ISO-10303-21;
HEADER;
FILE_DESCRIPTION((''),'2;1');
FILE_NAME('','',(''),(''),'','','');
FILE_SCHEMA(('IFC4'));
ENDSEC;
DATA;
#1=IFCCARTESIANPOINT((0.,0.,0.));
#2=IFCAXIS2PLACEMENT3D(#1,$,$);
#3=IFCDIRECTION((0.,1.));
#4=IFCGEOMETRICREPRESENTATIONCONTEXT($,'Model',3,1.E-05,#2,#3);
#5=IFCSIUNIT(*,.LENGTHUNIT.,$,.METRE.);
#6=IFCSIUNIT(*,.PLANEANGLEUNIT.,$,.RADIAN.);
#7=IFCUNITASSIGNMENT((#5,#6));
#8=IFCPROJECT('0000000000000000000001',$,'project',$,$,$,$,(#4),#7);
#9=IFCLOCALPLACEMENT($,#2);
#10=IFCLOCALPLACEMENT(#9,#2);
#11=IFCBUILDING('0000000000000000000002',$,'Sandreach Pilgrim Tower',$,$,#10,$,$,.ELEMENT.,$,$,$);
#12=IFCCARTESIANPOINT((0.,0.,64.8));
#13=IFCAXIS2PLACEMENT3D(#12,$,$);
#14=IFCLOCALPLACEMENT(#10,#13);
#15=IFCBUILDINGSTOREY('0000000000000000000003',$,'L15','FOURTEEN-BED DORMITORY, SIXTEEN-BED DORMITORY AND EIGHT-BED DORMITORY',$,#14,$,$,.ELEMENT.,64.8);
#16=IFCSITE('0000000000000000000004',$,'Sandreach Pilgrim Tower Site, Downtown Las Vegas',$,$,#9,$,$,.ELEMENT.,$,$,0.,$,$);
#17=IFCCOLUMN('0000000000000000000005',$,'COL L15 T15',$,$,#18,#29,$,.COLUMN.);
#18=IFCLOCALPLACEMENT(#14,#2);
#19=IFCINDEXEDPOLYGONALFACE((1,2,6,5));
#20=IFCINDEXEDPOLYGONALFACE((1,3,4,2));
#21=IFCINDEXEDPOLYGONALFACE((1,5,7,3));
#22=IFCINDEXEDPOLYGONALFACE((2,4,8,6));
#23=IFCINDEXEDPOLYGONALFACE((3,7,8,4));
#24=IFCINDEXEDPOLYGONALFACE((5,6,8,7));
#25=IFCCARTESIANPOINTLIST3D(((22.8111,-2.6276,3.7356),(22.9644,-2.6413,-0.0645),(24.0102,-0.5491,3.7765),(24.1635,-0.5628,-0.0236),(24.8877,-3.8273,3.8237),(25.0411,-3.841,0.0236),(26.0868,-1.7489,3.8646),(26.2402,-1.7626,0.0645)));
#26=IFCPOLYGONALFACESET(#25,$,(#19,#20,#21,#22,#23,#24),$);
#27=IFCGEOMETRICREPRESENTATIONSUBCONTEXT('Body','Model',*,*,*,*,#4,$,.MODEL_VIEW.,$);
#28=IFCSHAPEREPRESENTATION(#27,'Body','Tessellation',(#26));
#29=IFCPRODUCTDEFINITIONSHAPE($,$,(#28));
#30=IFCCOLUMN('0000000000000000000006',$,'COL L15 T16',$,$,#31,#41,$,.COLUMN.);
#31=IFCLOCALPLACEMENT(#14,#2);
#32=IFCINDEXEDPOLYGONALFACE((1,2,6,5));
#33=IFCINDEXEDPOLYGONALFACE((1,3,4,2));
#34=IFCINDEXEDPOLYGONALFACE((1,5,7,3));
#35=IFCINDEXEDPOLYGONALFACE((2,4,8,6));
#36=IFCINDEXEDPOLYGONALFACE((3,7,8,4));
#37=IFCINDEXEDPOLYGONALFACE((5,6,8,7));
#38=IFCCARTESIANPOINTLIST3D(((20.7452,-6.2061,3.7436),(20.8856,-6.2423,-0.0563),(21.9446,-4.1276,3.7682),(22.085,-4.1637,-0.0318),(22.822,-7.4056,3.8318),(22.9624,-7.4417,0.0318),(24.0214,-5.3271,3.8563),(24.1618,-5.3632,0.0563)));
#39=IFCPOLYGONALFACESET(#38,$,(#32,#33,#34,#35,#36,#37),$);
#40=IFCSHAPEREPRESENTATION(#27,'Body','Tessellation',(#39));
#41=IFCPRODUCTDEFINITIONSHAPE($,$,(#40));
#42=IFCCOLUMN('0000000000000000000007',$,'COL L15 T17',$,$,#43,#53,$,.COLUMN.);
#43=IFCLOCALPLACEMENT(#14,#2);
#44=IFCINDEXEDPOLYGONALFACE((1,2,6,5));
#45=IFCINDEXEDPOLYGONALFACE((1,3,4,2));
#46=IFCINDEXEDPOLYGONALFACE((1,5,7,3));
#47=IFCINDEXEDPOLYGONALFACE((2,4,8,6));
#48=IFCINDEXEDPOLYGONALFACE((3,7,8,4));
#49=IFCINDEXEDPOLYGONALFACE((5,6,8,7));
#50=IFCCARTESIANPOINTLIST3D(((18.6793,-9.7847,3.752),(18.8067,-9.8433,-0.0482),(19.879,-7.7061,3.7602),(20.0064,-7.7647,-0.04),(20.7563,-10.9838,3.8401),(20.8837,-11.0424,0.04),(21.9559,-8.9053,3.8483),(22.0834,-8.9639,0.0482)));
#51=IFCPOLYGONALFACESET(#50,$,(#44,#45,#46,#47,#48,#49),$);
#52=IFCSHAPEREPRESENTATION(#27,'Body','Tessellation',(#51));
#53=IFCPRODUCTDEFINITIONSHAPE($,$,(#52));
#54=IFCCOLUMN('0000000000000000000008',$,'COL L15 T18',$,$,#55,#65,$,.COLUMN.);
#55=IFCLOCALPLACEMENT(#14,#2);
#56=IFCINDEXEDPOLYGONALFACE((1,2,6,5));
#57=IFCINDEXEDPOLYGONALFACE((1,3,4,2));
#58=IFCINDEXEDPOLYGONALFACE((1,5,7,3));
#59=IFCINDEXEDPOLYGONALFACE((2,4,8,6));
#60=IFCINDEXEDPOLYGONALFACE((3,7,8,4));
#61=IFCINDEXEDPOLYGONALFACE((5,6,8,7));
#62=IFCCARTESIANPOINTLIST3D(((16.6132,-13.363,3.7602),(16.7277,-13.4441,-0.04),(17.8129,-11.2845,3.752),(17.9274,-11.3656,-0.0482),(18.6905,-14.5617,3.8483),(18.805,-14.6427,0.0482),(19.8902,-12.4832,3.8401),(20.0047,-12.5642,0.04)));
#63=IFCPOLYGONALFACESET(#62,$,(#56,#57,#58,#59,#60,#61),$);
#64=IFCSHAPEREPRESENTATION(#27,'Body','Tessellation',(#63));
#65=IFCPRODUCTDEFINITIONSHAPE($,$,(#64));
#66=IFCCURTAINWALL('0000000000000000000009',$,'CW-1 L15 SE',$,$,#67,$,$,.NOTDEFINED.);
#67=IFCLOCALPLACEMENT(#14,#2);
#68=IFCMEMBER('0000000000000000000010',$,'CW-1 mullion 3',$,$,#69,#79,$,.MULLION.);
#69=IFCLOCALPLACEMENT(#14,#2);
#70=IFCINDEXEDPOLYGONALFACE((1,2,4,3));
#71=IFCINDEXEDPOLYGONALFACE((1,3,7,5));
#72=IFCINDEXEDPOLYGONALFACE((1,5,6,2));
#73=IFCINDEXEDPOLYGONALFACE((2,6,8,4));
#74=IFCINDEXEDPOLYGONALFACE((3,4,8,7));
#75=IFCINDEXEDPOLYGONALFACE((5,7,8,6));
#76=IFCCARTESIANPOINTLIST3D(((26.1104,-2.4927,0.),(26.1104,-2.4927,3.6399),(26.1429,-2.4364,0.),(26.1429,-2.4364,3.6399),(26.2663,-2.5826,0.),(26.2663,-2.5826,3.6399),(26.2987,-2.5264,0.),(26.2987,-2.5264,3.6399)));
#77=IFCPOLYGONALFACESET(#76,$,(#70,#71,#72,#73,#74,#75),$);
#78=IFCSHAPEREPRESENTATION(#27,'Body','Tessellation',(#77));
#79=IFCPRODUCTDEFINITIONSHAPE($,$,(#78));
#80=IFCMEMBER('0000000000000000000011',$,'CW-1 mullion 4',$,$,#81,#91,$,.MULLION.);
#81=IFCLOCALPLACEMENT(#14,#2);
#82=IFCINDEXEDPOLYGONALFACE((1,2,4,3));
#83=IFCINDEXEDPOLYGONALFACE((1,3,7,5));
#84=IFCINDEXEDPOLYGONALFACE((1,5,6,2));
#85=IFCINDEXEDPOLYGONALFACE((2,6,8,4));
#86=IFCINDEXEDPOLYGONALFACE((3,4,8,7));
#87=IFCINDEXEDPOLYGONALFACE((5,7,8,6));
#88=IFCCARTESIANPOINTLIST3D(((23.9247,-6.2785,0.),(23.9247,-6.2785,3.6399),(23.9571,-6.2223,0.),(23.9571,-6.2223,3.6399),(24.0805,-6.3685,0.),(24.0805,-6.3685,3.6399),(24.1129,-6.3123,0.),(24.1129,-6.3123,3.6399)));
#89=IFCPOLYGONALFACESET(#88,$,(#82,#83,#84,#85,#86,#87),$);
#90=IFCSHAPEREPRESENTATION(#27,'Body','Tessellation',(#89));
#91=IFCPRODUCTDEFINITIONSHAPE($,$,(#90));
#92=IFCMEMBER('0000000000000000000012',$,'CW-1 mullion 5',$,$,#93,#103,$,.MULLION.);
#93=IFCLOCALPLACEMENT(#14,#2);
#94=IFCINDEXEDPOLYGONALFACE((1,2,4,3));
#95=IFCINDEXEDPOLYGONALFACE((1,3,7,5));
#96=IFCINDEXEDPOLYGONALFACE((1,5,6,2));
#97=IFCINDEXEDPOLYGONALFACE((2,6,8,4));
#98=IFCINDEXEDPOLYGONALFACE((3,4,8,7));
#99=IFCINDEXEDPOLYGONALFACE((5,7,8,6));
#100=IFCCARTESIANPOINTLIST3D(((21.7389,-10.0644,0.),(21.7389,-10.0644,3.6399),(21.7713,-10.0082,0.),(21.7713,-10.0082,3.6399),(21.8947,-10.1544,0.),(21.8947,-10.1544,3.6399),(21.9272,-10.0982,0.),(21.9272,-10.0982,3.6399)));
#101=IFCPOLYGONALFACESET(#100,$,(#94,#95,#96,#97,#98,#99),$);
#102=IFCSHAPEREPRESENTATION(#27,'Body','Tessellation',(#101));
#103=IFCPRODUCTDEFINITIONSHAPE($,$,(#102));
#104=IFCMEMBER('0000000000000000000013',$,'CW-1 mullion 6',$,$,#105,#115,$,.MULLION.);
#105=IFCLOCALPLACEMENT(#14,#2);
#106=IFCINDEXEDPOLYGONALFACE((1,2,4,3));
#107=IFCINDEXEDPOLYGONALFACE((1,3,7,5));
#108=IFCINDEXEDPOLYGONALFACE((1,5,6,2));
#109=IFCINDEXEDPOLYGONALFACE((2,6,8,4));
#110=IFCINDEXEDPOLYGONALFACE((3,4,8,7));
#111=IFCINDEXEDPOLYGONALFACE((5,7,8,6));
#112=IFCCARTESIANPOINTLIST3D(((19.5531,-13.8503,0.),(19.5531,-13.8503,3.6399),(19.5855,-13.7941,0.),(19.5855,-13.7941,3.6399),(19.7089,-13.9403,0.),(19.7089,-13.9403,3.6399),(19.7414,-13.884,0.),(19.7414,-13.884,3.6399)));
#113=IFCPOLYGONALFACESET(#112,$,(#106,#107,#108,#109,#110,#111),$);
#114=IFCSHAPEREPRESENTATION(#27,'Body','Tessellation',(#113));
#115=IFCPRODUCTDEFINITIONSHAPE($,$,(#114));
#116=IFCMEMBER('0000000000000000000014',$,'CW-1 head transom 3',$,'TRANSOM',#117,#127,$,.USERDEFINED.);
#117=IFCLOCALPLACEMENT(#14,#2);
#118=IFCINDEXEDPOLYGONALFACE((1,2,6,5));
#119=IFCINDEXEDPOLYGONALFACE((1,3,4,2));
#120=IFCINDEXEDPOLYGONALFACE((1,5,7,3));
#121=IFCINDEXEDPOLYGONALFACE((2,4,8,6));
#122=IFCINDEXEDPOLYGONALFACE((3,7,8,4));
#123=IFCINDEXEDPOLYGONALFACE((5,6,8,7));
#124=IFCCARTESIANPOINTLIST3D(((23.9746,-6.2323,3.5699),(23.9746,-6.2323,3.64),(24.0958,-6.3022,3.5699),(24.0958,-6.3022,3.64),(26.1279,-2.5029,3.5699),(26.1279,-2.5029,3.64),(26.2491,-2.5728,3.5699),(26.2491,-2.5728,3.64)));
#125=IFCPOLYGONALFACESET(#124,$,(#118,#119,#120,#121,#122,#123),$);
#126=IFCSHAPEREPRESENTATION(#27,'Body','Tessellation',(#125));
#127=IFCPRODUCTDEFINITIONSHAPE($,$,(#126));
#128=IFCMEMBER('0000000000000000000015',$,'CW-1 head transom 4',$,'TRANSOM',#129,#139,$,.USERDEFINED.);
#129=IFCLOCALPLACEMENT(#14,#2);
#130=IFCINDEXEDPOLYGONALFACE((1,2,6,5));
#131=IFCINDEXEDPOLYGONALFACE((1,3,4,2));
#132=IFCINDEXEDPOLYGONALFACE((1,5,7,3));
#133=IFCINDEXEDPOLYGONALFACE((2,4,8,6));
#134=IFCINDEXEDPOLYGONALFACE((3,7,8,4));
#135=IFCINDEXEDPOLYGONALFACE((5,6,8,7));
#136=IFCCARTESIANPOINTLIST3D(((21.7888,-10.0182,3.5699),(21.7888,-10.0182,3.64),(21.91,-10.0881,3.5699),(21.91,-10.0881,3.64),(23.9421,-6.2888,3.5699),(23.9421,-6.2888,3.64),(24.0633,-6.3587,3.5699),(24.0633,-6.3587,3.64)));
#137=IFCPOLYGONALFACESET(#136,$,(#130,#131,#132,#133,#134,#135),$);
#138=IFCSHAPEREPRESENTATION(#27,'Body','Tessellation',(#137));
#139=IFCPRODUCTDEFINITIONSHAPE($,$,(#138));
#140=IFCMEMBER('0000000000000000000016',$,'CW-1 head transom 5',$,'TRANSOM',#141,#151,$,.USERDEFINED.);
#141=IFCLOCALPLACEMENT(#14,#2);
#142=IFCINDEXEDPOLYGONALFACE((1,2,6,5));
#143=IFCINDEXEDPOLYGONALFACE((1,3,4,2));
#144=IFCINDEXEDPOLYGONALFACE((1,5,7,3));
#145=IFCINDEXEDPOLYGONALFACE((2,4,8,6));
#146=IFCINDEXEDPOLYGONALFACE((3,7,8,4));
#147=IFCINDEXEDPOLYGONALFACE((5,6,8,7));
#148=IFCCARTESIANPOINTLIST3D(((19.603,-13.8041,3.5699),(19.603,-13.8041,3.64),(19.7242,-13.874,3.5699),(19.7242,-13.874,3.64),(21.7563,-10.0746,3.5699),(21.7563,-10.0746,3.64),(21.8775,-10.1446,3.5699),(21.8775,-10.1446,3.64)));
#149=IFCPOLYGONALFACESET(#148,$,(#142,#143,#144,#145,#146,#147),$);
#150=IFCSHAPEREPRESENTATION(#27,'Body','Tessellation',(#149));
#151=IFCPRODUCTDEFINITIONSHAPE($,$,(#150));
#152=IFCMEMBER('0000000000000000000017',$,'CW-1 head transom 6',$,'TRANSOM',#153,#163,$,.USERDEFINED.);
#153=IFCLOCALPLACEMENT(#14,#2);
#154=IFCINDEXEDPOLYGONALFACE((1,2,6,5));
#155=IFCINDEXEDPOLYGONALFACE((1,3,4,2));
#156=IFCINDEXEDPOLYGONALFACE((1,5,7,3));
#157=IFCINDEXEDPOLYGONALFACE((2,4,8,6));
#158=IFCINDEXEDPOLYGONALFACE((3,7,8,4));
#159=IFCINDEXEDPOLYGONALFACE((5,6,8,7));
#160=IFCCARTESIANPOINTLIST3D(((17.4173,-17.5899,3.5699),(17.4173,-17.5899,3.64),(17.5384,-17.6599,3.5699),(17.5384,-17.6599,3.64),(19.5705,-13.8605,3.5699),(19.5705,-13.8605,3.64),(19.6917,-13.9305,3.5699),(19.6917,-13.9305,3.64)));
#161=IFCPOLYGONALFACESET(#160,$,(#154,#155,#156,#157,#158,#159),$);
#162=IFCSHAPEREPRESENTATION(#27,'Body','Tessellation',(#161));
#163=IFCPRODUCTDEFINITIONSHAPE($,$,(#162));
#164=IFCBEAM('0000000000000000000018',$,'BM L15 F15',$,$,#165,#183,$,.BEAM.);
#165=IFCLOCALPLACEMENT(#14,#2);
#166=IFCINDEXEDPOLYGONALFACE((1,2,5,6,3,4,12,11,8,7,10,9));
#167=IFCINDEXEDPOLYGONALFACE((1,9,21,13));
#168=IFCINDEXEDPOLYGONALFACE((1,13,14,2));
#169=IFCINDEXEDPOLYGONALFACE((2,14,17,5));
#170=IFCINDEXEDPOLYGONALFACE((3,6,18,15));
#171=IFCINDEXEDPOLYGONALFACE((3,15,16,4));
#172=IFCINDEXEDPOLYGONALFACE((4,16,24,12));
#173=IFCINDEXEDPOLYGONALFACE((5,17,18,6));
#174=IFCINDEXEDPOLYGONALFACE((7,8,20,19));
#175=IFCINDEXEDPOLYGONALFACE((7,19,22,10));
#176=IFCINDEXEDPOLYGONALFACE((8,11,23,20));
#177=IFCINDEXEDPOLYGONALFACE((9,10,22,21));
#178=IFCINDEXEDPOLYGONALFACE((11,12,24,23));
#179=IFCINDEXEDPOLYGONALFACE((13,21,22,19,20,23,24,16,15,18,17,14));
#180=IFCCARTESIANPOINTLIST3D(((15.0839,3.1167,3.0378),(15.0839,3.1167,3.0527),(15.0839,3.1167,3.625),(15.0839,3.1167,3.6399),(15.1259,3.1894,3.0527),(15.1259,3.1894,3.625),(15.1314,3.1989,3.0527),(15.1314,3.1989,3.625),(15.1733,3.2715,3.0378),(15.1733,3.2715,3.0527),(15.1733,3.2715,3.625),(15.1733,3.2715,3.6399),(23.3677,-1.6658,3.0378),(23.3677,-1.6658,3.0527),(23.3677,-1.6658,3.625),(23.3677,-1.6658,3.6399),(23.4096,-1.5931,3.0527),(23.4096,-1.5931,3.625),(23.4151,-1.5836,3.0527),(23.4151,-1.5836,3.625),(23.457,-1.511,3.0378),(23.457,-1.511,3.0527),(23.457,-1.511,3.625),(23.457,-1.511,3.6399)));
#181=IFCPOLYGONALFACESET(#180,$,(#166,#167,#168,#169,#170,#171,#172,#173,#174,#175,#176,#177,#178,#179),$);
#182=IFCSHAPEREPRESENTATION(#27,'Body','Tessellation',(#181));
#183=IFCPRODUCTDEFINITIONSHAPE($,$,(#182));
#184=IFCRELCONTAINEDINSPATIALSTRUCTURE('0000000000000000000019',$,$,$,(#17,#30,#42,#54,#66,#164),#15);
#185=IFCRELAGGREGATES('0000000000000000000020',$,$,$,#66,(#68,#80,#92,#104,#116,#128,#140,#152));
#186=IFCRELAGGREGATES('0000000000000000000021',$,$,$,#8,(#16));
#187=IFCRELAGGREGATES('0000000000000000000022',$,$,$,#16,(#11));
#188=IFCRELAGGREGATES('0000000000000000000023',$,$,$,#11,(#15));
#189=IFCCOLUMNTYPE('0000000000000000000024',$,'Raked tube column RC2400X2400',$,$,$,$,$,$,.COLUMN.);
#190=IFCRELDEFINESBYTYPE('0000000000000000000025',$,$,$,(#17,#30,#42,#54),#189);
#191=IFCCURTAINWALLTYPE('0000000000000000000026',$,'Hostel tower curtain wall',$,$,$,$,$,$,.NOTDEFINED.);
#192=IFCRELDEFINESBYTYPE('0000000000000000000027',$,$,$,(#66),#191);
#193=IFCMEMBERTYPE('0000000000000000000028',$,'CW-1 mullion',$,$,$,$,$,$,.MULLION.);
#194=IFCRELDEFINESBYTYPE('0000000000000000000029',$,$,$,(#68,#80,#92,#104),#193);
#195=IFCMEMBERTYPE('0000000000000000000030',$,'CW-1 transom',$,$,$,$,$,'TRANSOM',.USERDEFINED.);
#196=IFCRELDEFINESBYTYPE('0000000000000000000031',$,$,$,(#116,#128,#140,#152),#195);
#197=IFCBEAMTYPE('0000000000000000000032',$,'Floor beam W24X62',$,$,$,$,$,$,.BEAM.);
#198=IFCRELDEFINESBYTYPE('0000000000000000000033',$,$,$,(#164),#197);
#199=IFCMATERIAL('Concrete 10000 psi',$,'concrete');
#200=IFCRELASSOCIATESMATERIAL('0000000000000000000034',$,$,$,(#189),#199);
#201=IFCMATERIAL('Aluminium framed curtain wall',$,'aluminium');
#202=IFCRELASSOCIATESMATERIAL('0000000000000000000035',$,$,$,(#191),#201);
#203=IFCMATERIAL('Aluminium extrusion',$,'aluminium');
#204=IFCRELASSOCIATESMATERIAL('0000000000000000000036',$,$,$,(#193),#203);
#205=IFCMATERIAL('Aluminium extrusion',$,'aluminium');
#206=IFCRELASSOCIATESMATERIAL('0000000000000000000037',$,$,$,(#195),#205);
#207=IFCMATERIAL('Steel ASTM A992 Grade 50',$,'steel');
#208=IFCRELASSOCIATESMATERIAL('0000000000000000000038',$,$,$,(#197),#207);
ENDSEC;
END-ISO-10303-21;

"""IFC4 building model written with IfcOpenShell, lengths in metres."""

from ifc_helpers import new_model, si_unit, direction, frame, origin, origin_2d, place, context, subcontext, project, spatial, rectangle, i_section, extrude, material, material_profile, profile_set, type_object, element, aggregate, save


model = new_model("IFC4")

# Units and contexts
model_context = context("Model", 3, precision=1e-05, world=origin(), true_north=direction((0.0, 1.0)))
body_context = subcontext(model_context, "Body", "Model", "MODEL_VIEW")
ifc_project = project(units=[si_unit("LENGTHUNIT", "METRE"), si_unit("PLANEANGLEUNIT", "RADIAN")], contexts=[model_context])

# Site, building, storey
site_placement = place(None, origin())
site = spatial("IfcSite", under=ifc_project, at=site_placement, Name="Sandreach Pilgrim Tower Site, Downtown Las Vegas", CompositionType="ELEMENT", RefElevation=0.0)
building_placement = place(site_placement, origin())
building = spatial("IfcBuilding", under=site, at=building_placement, Name="Sandreach Pilgrim Tower", CompositionType="ELEMENT")
storey_placement = place(building_placement, frame((0.0, 0.0, 64.8)))
storey = spatial("IfcBuildingStorey", under=building, at=storey_placement, Name="L15", Description="FOURTEEN-BED DORMITORY, SIXTEEN-BED DORMITORY AND EIGHT-BED DORMITORY", CompositionType="ELEMENT", Elevation=64.8)

# Columns
ifc_material_1 = material(Name="Concrete 10000 psi", Category="concrete")
ifc_material_profile_1 = material_profile(ifc_material_1, rectangle(XDim=2.3999, YDim=2.3999, at=origin_2d()), Name="RC2400X2400")
ifc_profile_set_1 = profile_set([ifc_material_profile_1], Name="Concrete 10000 psi")
column_type = type_object("IfcColumnType", Name="Raked tube column RC2400X2400", PredefinedType="COLUMN", material=ifc_profile_set_1)
column_placement = place(storey_placement, frame((24.6023, -2.2019, 0.0), z_axis=(-0.040314, 0.003595, 0.999181), x_axis=(0.865292, -0.499922, 0.036711)))
element("IfcColumn", 1, at=column_placement, inside=storey, type_object=column_type, Name="COL L15 T15", PredefinedType="COLUMN", context=body_context, shape_type="SweptSolid", body=[
    extrude(rectangle(XDim=2.3999, YDim=2.3999, at=origin_2d()), origin(), (0.0, 0.0, 1.0), 3.8032),
])
for number, where, z_axis, x_axis, name in (
    (2, (22.5237, -5.8027, 0.0), (-0.036915, 0.009502, 0.999273), (0.865363, -0.499798, 0.03672), "COL L15 T16"),
    (3, (20.4451, -9.4036, 0.0), (-0.033514, 0.015409, 0.999319), (0.865448, -0.499651, 0.036729), "COL L15 T17"),
    (4, (18.3662, -13.0042, 0.0), (-0.030111, 0.021315, 0.999319), (0.865558, -0.49946, 0.036734), "COL L15 T18"),
):
    element("IfcColumn", number, at=place(storey_placement, frame(where, z_axis=z_axis, x_axis=x_axis)), inside=storey, type_object=column_type, Name=name, PredefinedType="COLUMN", context=body_context, shape_type="SweptSolid", body=[
        extrude(rectangle(XDim=2.3999, YDim=2.3999, at=origin_2d()), origin(), (0.0, 0.0, 1.0), 3.8027),
    ])

# Curtain wall, members
ifc_material_2 = material(Name="Aluminium framed curtain wall", Category="aluminium")
curtain_wall_type = type_object("IfcCurtainWallType", Name="Hostel tower curtain wall", PredefinedType="NOTDEFINED", material=ifc_material_2)
curtain_wall_placement = place(storey_placement, origin())
curtain_wall = element("IfcCurtainWall", 5, at=curtain_wall_placement, inside=storey, type_object=curtain_wall_type, Name="CW-1 L15 SE", PredefinedType="NOTDEFINED")
ifc_material_3 = material(Name="Aluminium extrusion", Category="aluminium")
ifc_material_profile_2 = material_profile(ifc_material_3, rectangle(XDim=0.0649, YDim=0.1799, at=origin_2d()), Name="CW-1M 65X180")
ifc_profile_set_2 = profile_set([ifc_material_profile_2], Name="Aluminium extrusion")
member_type_1 = type_object("IfcMemberType", Name="CW-1 mullion", PredefinedType="MULLION", material=ifc_profile_set_2)
member_1_placement = place(storey_placement, frame((26.2046, -2.5095, 0.0), z_axis=(0.0, 0.0, 1.0), x_axis=(-0.5, -0.866025, 0.0)))
member_1 = element("IfcMember", 6, at=member_1_placement, type_object=member_type_1, Name="CW-1 mullion 3", PredefinedType="MULLION", context=body_context, shape_type="SweptSolid", body=[
    extrude(rectangle(XDim=0.0649, YDim=0.1799, at=origin_2d()), origin(), (0.0, 0.0, 1.0), 3.6399),
])
member_2_placement = place(storey_placement, frame((24.0188, -6.2954, 0.0), z_axis=(0.0, 0.0, 1.0), x_axis=(-0.5, -0.866025, 0.0)))
member_2 = element("IfcMember", 7, at=member_2_placement, type_object=member_type_1, Name="CW-1 mullion 4", PredefinedType="MULLION", context=body_context, shape_type="SweptSolid", body=[
    extrude(rectangle(XDim=0.0649, YDim=0.1799, at=origin_2d()), origin(), (0.0, 0.0, 1.0), 3.6399),
])
member_3_placement = place(storey_placement, frame((21.833, -10.0813, 0.0), z_axis=(0.0, 0.0, 1.0), x_axis=(-0.5, -0.866025, 0.0)))
member_3 = element("IfcMember", 8, at=member_3_placement, type_object=member_type_1, Name="CW-1 mullion 5", PredefinedType="MULLION", context=body_context, shape_type="SweptSolid", body=[
    extrude(rectangle(XDim=0.0649, YDim=0.1799, at=origin_2d()), origin(), (0.0, 0.0, 1.0), 3.6399),
])
member_4_placement = place(storey_placement, frame((19.6472, -13.8672, 0.0), z_axis=(0.0, 0.0, 1.0), x_axis=(-0.5, -0.866025, 0.0)))
member_4 = element("IfcMember", 9, at=member_4_placement, type_object=member_type_1, Name="CW-1 mullion 6", PredefinedType="MULLION", context=body_context, shape_type="SweptSolid", body=[
    extrude(rectangle(XDim=0.0649, YDim=0.1799, at=origin_2d()), origin(), (0.0, 0.0, 1.0), 3.6399),
])
ifc_material_4 = material(Name="Aluminium extrusion", Category="aluminium")
ifc_material_profile_3 = material_profile(ifc_material_4, rectangle(XDim=0.1399, YDim=0.0701, at=origin_2d()), Name="CW-1T 140X70")
ifc_profile_set_3 = profile_set([ifc_material_profile_3], Name="Aluminium extrusion")
member_type_2 = type_object("IfcMemberType", Name="CW-1 transom", ElementType="TRANSOM", PredefinedType="USERDEFINED", material=ifc_profile_set_3)
member_5_placement = place(storey_placement, frame((26.1885, -2.5378, 3.605), z_axis=(-0.500017, -0.866016, 0.0), x_axis=(0.866016, -0.500017, 0.0)))
member_5 = element("IfcMember", 10, at=member_5_placement, type_object=member_type_2, Name="CW-1 head transom 3", ObjectType="TRANSOM", PredefinedType="USERDEFINED", context=body_context, shape_type="SweptSolid", body=[
    extrude(rectangle(XDim=0.1399, YDim=0.0701, at=origin_2d()), origin(), (0.0, 0.0, 1.0), 4.3064),
])
member_6_placement = place(storey_placement, frame((24.0027, -6.3237, 3.605), z_axis=(-0.500017, -0.866016, 0.0), x_axis=(0.866016, -0.500017, 0.0)))
member_6 = element("IfcMember", 11, at=member_6_placement, type_object=member_type_2, Name="CW-1 head transom 4", ObjectType="TRANSOM", PredefinedType="USERDEFINED", context=body_context, shape_type="SweptSolid", body=[
    extrude(rectangle(XDim=0.1399, YDim=0.0701, at=origin_2d()), origin(), (0.0, 0.0, 1.0), 4.3064),
])
member_7_placement = place(storey_placement, frame((21.8169, -10.1096, 3.605), z_axis=(-0.500017, -0.866016, 0.0), x_axis=(0.866016, -0.500017, 0.0)))
member_7 = element("IfcMember", 12, at=member_7_placement, type_object=member_type_2, Name="CW-1 head transom 5", ObjectType="TRANSOM", PredefinedType="USERDEFINED", context=body_context, shape_type="SweptSolid", body=[
    extrude(rectangle(XDim=0.1399, YDim=0.0701, at=origin_2d()), origin(), (0.0, 0.0, 1.0), 4.3064),
])
member_8_placement = place(storey_placement, frame((19.6311, -13.8955, 3.605), z_axis=(-0.500017, -0.866016, 0.0), x_axis=(0.866016, -0.500017, 0.0)))
member_8 = element("IfcMember", 13, at=member_8_placement, type_object=member_type_2, Name="CW-1 head transom 6", ObjectType="TRANSOM", PredefinedType="USERDEFINED", context=body_context, shape_type="SweptSolid", body=[
    extrude(rectangle(XDim=0.1399, YDim=0.0701, at=origin_2d()), origin(), (0.0, 0.0, 1.0), 4.3064),
])

# Beam
ifc_material_5 = material(Name="Steel ASTM A992 Grade 50", Category="steel")
ifc_material_profile_4 = material_profile(ifc_material_5, i_section(OverallWidth=0.1787, OverallDepth=0.6021, WebThickness=0.011, FlangeThickness=0.0149, at=origin_2d()), Name="W24X62")
ifc_profile_set_4 = profile_set([ifc_material_profile_4], Name="Steel ASTM A992 Grade 50")
beam_type_1 = type_object("IfcBeamType", Name="Floor beam W24X62", PredefinedType="BEAM", material=ifc_profile_set_4)
beam_1_placement = place(storey_placement, frame((23.4124, -1.5884, 3.3389), z_axis=(-0.866031, 0.499991, 0.0), x_axis=(-0.499991, -0.866031, 0.0)))
element("IfcBeam", 14, at=beam_1_placement, inside=storey, type_object=beam_type_1, Name="BM L15 F15", PredefinedType="BEAM", context=body_context, shape_type="SweptSolid", body=[
    extrude(i_section(OverallWidth=0.1787, OverallDepth=0.6021, WebThickness=0.011, FlangeThickness=0.0149, at=origin_2d()), origin(), (0.0, 0.0, 1.0), 9.5652),
])

aggregate(curtain_wall, [member_1, member_2, member_3, member_4, member_5, member_6, member_7, member_8])

save(model, "model.ifc")
